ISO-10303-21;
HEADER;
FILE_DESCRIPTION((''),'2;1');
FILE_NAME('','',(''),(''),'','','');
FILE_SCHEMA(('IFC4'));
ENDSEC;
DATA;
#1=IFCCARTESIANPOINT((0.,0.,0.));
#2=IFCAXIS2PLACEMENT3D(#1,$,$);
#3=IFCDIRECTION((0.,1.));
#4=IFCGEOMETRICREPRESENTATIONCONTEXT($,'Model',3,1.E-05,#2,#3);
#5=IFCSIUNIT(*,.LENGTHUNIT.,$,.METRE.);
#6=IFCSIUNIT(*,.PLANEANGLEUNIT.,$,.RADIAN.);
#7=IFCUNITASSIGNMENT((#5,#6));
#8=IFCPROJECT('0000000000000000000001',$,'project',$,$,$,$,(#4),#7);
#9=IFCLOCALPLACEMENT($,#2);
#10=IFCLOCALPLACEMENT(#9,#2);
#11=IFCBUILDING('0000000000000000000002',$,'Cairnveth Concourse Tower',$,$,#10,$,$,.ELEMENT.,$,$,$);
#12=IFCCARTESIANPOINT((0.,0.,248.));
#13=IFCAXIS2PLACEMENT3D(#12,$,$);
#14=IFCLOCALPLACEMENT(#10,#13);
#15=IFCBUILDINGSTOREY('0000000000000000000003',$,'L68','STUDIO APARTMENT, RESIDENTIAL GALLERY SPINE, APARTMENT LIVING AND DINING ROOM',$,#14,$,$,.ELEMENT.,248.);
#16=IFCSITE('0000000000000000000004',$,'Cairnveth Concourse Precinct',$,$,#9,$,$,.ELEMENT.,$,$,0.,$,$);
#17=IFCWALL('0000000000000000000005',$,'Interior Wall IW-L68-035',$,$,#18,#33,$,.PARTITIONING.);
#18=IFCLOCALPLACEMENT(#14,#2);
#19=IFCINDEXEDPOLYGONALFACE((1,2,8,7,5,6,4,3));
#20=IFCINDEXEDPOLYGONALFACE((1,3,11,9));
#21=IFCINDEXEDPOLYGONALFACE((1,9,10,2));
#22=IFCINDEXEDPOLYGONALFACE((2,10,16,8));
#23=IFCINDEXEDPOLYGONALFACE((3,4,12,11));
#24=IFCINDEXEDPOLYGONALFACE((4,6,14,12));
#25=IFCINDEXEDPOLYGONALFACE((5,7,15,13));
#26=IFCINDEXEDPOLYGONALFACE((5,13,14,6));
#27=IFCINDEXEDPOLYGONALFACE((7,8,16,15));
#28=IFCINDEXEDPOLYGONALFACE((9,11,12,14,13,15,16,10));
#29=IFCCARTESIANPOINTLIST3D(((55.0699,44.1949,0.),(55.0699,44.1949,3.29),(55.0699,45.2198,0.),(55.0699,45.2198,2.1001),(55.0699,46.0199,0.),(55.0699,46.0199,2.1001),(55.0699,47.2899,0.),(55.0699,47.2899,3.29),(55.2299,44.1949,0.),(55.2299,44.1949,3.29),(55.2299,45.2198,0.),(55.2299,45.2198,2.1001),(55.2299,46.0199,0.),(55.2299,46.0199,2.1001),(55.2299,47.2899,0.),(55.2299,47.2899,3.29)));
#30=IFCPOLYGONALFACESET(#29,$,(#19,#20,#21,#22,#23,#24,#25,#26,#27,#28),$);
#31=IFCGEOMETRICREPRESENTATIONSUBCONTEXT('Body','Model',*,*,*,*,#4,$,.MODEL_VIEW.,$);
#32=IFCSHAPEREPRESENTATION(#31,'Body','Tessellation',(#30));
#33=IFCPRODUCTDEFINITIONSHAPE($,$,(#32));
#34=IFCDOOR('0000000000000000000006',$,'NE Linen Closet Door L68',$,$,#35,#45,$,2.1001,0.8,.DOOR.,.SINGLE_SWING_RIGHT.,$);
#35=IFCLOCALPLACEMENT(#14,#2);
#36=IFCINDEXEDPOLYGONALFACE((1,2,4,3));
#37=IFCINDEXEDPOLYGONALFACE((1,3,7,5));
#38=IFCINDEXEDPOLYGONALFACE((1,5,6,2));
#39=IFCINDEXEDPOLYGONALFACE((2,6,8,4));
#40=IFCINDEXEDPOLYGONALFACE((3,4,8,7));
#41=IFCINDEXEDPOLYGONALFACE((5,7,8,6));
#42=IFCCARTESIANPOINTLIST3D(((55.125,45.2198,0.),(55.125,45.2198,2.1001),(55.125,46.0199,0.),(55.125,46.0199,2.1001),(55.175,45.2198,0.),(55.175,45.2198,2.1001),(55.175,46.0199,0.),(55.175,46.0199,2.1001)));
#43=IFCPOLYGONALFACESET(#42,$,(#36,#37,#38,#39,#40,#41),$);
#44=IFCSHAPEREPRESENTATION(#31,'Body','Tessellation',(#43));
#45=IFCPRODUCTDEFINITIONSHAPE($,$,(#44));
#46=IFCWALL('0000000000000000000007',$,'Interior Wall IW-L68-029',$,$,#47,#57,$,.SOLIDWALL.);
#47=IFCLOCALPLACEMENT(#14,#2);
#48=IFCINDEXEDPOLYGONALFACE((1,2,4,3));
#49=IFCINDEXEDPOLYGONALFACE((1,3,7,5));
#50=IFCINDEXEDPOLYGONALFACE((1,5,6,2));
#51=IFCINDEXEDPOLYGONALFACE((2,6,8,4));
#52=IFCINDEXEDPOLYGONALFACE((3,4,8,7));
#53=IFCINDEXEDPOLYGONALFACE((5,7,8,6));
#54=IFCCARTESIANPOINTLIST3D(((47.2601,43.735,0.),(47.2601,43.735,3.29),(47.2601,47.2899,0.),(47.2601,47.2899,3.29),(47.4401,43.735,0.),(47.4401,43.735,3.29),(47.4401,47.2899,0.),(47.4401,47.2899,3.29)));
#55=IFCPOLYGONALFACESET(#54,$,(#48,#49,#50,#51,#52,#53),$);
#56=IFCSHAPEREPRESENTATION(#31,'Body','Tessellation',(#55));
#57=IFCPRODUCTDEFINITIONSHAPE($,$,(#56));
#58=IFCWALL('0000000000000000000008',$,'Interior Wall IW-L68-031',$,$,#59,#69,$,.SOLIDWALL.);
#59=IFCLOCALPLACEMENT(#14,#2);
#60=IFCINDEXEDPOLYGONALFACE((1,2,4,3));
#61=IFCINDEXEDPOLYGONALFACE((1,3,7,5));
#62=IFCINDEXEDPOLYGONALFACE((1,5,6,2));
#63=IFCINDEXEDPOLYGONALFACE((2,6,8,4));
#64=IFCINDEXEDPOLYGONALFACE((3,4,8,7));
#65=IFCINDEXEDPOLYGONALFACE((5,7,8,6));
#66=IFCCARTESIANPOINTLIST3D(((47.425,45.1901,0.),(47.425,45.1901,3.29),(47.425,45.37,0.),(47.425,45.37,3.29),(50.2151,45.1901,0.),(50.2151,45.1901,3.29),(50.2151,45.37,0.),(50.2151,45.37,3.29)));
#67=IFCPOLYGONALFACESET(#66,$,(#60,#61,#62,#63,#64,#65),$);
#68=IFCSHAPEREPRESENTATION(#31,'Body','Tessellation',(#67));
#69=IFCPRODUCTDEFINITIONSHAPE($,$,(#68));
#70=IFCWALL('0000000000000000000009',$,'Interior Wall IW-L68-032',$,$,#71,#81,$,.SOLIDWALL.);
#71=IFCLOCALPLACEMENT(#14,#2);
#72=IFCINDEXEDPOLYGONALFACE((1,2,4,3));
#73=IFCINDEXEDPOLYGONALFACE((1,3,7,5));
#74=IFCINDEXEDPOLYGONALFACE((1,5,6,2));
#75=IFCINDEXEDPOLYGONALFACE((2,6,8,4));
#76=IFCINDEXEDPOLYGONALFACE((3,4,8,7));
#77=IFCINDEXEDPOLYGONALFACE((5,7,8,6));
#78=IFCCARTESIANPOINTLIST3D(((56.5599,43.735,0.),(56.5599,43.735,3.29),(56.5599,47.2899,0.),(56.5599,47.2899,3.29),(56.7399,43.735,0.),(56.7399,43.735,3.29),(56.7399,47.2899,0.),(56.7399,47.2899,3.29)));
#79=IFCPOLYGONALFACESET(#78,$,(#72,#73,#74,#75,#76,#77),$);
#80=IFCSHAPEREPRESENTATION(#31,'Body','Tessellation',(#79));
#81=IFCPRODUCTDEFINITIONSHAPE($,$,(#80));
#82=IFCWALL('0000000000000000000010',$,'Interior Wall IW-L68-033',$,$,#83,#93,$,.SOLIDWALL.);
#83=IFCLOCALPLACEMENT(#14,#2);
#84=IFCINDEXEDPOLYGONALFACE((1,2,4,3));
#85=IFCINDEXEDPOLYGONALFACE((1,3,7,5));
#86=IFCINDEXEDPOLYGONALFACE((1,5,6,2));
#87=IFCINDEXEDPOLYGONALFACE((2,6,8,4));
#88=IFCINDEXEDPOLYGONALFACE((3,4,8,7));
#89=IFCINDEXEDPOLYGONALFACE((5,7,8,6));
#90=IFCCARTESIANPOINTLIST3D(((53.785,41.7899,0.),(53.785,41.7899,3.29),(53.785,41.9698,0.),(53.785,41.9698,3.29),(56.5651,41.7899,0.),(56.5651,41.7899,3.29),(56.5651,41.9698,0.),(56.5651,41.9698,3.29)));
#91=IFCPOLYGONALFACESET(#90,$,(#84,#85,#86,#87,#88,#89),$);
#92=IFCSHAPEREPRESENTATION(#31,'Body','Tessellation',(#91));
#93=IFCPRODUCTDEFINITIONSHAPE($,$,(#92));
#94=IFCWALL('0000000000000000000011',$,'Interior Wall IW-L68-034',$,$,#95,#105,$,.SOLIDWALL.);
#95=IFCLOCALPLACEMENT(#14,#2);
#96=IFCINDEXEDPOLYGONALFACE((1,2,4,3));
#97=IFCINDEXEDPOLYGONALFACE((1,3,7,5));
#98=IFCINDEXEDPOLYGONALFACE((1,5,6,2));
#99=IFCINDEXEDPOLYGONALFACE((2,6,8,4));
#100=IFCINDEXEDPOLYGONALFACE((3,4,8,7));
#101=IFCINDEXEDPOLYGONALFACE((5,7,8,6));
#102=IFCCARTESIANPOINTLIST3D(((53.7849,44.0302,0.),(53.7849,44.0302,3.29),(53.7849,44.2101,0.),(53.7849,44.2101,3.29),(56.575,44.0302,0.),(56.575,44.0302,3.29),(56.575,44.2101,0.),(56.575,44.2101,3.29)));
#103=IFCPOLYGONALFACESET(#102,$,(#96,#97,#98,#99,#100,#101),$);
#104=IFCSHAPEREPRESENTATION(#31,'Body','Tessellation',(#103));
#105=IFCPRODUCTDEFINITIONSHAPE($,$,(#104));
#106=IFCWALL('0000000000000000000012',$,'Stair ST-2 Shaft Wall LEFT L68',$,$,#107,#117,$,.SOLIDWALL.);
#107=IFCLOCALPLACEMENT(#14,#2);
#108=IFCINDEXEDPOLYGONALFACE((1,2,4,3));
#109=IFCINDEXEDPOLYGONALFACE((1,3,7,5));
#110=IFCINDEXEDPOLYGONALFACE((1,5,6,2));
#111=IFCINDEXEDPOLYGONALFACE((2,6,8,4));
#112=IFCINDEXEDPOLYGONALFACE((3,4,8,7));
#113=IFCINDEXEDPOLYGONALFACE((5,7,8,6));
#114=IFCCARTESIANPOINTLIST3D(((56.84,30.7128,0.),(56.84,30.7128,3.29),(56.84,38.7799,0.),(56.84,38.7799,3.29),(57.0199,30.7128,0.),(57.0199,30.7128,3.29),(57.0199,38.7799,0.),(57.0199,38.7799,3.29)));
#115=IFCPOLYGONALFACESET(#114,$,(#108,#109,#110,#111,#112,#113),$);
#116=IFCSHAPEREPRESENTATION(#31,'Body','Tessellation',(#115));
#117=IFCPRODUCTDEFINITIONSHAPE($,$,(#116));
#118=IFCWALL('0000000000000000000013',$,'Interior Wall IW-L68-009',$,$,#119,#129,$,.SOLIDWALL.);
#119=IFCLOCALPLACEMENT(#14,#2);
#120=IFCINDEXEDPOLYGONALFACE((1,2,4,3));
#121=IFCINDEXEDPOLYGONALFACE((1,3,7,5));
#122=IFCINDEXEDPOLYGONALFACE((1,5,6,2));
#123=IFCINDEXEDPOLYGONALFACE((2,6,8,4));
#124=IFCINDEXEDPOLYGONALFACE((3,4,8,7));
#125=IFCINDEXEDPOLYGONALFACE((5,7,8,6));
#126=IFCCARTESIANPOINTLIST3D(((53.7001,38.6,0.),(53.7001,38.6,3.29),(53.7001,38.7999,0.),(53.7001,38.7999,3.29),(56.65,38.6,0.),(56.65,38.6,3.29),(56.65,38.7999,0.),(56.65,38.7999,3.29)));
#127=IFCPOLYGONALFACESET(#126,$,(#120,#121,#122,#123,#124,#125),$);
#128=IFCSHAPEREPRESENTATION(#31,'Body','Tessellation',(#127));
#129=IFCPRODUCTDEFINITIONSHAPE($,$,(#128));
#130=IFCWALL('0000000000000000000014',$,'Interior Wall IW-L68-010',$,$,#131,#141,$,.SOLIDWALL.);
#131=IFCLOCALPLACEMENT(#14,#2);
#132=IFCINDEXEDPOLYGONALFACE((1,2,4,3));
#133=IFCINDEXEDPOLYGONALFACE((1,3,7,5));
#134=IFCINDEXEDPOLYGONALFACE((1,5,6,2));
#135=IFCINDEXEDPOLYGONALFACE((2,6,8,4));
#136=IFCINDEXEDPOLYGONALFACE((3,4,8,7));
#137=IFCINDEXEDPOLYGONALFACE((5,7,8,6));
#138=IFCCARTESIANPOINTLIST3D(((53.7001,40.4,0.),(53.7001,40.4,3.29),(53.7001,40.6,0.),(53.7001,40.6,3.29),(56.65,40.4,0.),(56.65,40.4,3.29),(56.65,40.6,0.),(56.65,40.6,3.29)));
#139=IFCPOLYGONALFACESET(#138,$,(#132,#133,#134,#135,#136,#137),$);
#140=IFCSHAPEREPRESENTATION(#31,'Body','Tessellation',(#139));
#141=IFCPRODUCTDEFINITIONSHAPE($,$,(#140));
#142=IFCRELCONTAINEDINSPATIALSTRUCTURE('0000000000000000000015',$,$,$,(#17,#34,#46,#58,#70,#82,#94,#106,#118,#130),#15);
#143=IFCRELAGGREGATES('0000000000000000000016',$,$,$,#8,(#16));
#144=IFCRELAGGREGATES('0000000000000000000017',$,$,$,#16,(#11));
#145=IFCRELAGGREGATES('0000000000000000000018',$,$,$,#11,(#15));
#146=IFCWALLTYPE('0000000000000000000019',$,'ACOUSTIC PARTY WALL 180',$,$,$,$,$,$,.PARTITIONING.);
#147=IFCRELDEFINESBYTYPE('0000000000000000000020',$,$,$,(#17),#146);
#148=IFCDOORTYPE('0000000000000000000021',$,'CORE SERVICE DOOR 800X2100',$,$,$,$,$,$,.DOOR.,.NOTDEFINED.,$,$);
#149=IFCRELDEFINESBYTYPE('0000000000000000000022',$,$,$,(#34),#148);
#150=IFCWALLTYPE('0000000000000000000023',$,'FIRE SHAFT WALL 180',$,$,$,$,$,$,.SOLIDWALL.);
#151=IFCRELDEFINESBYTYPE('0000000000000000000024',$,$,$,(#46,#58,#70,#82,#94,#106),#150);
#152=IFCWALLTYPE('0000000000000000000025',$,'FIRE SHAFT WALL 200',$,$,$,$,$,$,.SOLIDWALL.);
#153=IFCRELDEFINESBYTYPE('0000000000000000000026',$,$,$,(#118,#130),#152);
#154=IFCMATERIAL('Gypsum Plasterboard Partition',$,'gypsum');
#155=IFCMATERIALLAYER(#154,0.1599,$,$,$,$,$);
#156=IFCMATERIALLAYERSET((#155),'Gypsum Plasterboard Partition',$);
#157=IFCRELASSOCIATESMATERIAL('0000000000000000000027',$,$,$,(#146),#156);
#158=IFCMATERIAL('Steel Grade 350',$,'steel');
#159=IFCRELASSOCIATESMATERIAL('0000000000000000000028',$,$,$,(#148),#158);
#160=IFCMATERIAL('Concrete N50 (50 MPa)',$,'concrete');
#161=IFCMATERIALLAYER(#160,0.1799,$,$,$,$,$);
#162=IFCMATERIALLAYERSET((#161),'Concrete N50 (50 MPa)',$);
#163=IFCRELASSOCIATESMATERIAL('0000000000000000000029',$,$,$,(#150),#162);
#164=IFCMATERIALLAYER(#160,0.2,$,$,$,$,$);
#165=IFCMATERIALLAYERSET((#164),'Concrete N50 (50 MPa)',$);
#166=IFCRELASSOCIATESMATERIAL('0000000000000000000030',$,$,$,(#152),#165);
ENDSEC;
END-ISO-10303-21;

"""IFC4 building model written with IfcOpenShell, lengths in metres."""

from ifc_helpers import new_model, si_unit, direction, frame, frame_2d, origin, place, context, subcontext, project, spatial, rectangle, extrude, material, layer, layer_set, type_object, element, fill, save


model = new_model("IFC4")

# Units and contexts
model_context = context("Model", 3, precision=1e-05, world=origin(), true_north=direction((0.0, 1.0)))
body_context = subcontext(model_context, "Body", "Model", "MODEL_VIEW")
ifc_project = project(units=[si_unit("LENGTHUNIT", "METRE"), si_unit("PLANEANGLEUNIT", "RADIAN")], contexts=[model_context])

# Site, building, storey
site_placement = place(None, origin())
site = spatial("IfcSite", under=ifc_project, at=site_placement, Name="Cairnveth Concourse Precinct", CompositionType="ELEMENT", RefElevation=0.0)
building_placement = place(site_placement, origin())
building = spatial("IfcBuilding", under=site, at=building_placement, Name="Cairnveth Concourse Tower", CompositionType="ELEMENT")
storey_placement = place(building_placement, frame((0.0, 0.0, 248.0)))
storey = spatial("IfcBuildingStorey", under=building, at=storey_placement, Name="L68", Description="STUDIO APARTMENT, RESIDENTIAL GALLERY SPINE, APARTMENT LIVING AND DINING ROOM", CompositionType="ELEMENT", Elevation=248.0)

# Wall, opening, door
ifc_material_1 = material(Name="Gypsum Plasterboard Partition", Category="gypsum")
ifc_layer_1 = layer(ifc_material_1, 0.1599)
ifc_layer_set_1 = layer_set([ifc_layer_1], Name="Gypsum Plasterboard Partition")
wall_type_1 = type_object("IfcWallType", Name="ACOUSTIC PARTY WALL 180", PredefinedType="PARTITIONING", material=ifc_layer_set_1)
wall_1_placement = place(storey_placement, frame((55.1499, 44.1951, 0.0), z_axis=(0.0, 0.0, 1.0), x_axis=(0.0, 1.0, 0.0)))
wall_1 = element("IfcWall", 1, at=wall_1_placement, inside=storey, type_object=wall_type_1, Name="Interior Wall IW-L68-035", PredefinedType="PARTITIONING", context=body_context, shape_type="SweptSolid", body=[
    extrude(rectangle(XDim=3.095, YDim=0.1599, at=frame_2d((1.5474, 0.0))), origin(), (0.0, 0.0, 1.0), 3.29),
])
opening_1_placement = place(wall_1_placement, frame((1.0249, 0.0, 0.0)))
opening_1 = element("IfcOpeningElement", 2, at=opening_1_placement, cuts=wall_1, PredefinedType="OPENING", context=body_context, shape_type="SweptSolid", body=[
    extrude(rectangle(XDim=0.8, YDim=2.1001, at=frame_2d((0.3999, 1.05))), frame((0.0, 0.0898, 0.0), z_axis=(0.0, -1.0, 0.0), x_axis=(1.0, 0.0, 0.0)), (0.0, 0.0, 1.0), 0.1799),
])
ifc_material_2 = material(Name="Steel Grade 350", Category="steel")
door_type_1 = type_object("IfcDoorType", Name="CORE SERVICE DOOR 800X2100", OperationType="NOTDEFINED", PredefinedType="DOOR", material=ifc_material_2)
door_1_placement = place(opening_1_placement, origin())
door_1 = element("IfcDoor", 3, at=door_1_placement, inside=storey, type_object=door_type_1, Name="NE Linen Closet Door L68", OperationType="SINGLE_SWING_RIGHT", OverallHeight=2.1001, OverallWidth=0.8, PredefinedType="DOOR", context=body_context, shape_type="SweptSolid", body=[
    extrude(rectangle(XDim=0.8, YDim=2.1001, at=frame_2d((0.3999, 1.05))), frame((0.0, 0.0249, 0.0), z_axis=(0.0, -1.0, 0.0), x_axis=(1.0, 0.0, 0.0)), (0.0, 0.0, 1.0), 0.05),
])
fill(opening_1, door_1)

# Walls
ifc_material_3 = material(Name="Concrete N50 (50 MPa)", Category="concrete")
ifc_layer_2 = layer(ifc_material_3, 0.1799)
ifc_layer_set_2 = layer_set([ifc_layer_2], Name="Concrete N50 (50 MPa)")
wall_type_2 = type_object("IfcWallType", Name="FIRE SHAFT WALL 180", PredefinedType="SOLIDWALL", material=ifc_layer_set_2)
wall_2_placement = place(storey_placement, frame((47.3501, 43.7351, 0.0), z_axis=(0.0, 0.0, 1.0), x_axis=(0.0, 1.0, 0.0)))
element("IfcWall", 4, at=wall_2_placement, inside=storey, type_object=wall_type_2, Name="Interior Wall IW-L68-029", PredefinedType="SOLIDWALL", context=body_context, shape_type="SweptSolid", body=[
    extrude(rectangle(XDim=3.5549, YDim=0.1799, at=frame_2d((1.7773, 0.0))), origin(), (0.0, 0.0, 1.0), 3.29),
])
wall_3_placement = place(storey_placement, frame((47.425, 45.28, 0.0), z_axis=(0.0, 0.0, 1.0), x_axis=(1.0, 0.0, 0.0)))
element("IfcWall", 5, at=wall_3_placement, inside=storey, type_object=wall_type_2, Name="Interior Wall IW-L68-031", PredefinedType="SOLIDWALL", context=body_context, shape_type="SweptSolid", body=[
    extrude(rectangle(XDim=2.79, YDim=0.1799, at=frame_2d((1.395, 0.0))), origin(), (0.0, 0.0, 1.0), 3.29),
])
wall_4_placement = place(storey_placement, frame((56.6499, 43.7351, 0.0), z_axis=(0.0, 0.0, 1.0), x_axis=(0.0, 1.0, 0.0)))
element("IfcWall", 6, at=wall_4_placement, inside=storey, type_object=wall_type_2, Name="Interior Wall IW-L68-032", PredefinedType="SOLIDWALL", context=body_context, shape_type="SweptSolid", body=[
    extrude(rectangle(XDim=3.5549, YDim=0.1799, at=frame_2d((1.7773, 0.0))), origin(), (0.0, 0.0, 1.0), 3.29),
])
wall_5_placement = place(storey_placement, frame((53.7849, 41.8799, 0.0), z_axis=(0.0, 0.0, 1.0), x_axis=(1.0, 0.0, 0.0)))
element("IfcWall", 7, at=wall_5_placement, inside=storey, type_object=wall_type_2, Name="Interior Wall IW-L68-033", PredefinedType="SOLIDWALL", context=body_context, shape_type="SweptSolid", body=[
    extrude(rectangle(XDim=2.78, YDim=0.1799, at=frame_2d((1.3901, 0.0))), origin(), (0.0, 0.0, 1.0), 3.29),
])
wall_6_placement = place(storey_placement, frame((53.7849, 44.1201, 0.0), z_axis=(0.0, 0.0, 1.0), x_axis=(1.0, 0.0, 0.0)))
element("IfcWall", 8, at=wall_6_placement, inside=storey, type_object=wall_type_2, Name="Interior Wall IW-L68-034", PredefinedType="SOLIDWALL", context=body_context, shape_type="SweptSolid", body=[
    extrude(rectangle(XDim=2.79, YDim=0.1799, at=frame_2d((1.395, 0.0))), origin(), (0.0, 0.0, 1.0), 3.29),
])
wall_7_placement = place(storey_placement, frame((56.9299, 38.78, 0.0), z_axis=(0.0, 0.0, 1.0), x_axis=(0.0, -1.0, 0.0)))
element("IfcWall", 9, at=wall_7_placement, inside=storey, type_object=wall_type_2, Name="Stair ST-2 Shaft Wall LEFT L68", PredefinedType="SOLIDWALL", context=body_context, shape_type="SweptSolid", body=[
    extrude(rectangle(XDim=8.0671, YDim=0.1799, at=frame_2d((4.0337, 0.0))), origin(), (0.0, 0.0, 1.0), 3.29),
])
ifc_layer_3 = layer(ifc_material_3, 0.2)
ifc_layer_set_3 = layer_set([ifc_layer_3], Name="Concrete N50 (50 MPa)")
wall_type_3 = type_object("IfcWallType", Name="FIRE SHAFT WALL 200", PredefinedType="SOLIDWALL", material=ifc_layer_set_3)
for number, where, z_axis, x_axis, name in (
    (10, (53.7, 38.7, 0.0), (0.0, 0.0, 1.0), (1.0, 0.0, 0.0), "Interior Wall IW-L68-009"),
    (11, (53.7, 40.5, 0.0), (0.0, 0.0, 1.0), (1.0, 0.0, 0.0), "Interior Wall IW-L68-010"),
):
    element("IfcWall", number, at=place(storey_placement, frame(where, z_axis=z_axis, x_axis=x_axis)), inside=storey, type_object=wall_type_3, Name=name, PredefinedType="SOLIDWALL", context=body_context, shape_type="SweptSolid", body=[
        extrude(rectangle(XDim=2.95, YDim=0.2, at=frame_2d((1.4751, 0.0))), origin(), (0.0, 0.0, 1.0), 3.29),
    ])

save(model, "model.ifc")
